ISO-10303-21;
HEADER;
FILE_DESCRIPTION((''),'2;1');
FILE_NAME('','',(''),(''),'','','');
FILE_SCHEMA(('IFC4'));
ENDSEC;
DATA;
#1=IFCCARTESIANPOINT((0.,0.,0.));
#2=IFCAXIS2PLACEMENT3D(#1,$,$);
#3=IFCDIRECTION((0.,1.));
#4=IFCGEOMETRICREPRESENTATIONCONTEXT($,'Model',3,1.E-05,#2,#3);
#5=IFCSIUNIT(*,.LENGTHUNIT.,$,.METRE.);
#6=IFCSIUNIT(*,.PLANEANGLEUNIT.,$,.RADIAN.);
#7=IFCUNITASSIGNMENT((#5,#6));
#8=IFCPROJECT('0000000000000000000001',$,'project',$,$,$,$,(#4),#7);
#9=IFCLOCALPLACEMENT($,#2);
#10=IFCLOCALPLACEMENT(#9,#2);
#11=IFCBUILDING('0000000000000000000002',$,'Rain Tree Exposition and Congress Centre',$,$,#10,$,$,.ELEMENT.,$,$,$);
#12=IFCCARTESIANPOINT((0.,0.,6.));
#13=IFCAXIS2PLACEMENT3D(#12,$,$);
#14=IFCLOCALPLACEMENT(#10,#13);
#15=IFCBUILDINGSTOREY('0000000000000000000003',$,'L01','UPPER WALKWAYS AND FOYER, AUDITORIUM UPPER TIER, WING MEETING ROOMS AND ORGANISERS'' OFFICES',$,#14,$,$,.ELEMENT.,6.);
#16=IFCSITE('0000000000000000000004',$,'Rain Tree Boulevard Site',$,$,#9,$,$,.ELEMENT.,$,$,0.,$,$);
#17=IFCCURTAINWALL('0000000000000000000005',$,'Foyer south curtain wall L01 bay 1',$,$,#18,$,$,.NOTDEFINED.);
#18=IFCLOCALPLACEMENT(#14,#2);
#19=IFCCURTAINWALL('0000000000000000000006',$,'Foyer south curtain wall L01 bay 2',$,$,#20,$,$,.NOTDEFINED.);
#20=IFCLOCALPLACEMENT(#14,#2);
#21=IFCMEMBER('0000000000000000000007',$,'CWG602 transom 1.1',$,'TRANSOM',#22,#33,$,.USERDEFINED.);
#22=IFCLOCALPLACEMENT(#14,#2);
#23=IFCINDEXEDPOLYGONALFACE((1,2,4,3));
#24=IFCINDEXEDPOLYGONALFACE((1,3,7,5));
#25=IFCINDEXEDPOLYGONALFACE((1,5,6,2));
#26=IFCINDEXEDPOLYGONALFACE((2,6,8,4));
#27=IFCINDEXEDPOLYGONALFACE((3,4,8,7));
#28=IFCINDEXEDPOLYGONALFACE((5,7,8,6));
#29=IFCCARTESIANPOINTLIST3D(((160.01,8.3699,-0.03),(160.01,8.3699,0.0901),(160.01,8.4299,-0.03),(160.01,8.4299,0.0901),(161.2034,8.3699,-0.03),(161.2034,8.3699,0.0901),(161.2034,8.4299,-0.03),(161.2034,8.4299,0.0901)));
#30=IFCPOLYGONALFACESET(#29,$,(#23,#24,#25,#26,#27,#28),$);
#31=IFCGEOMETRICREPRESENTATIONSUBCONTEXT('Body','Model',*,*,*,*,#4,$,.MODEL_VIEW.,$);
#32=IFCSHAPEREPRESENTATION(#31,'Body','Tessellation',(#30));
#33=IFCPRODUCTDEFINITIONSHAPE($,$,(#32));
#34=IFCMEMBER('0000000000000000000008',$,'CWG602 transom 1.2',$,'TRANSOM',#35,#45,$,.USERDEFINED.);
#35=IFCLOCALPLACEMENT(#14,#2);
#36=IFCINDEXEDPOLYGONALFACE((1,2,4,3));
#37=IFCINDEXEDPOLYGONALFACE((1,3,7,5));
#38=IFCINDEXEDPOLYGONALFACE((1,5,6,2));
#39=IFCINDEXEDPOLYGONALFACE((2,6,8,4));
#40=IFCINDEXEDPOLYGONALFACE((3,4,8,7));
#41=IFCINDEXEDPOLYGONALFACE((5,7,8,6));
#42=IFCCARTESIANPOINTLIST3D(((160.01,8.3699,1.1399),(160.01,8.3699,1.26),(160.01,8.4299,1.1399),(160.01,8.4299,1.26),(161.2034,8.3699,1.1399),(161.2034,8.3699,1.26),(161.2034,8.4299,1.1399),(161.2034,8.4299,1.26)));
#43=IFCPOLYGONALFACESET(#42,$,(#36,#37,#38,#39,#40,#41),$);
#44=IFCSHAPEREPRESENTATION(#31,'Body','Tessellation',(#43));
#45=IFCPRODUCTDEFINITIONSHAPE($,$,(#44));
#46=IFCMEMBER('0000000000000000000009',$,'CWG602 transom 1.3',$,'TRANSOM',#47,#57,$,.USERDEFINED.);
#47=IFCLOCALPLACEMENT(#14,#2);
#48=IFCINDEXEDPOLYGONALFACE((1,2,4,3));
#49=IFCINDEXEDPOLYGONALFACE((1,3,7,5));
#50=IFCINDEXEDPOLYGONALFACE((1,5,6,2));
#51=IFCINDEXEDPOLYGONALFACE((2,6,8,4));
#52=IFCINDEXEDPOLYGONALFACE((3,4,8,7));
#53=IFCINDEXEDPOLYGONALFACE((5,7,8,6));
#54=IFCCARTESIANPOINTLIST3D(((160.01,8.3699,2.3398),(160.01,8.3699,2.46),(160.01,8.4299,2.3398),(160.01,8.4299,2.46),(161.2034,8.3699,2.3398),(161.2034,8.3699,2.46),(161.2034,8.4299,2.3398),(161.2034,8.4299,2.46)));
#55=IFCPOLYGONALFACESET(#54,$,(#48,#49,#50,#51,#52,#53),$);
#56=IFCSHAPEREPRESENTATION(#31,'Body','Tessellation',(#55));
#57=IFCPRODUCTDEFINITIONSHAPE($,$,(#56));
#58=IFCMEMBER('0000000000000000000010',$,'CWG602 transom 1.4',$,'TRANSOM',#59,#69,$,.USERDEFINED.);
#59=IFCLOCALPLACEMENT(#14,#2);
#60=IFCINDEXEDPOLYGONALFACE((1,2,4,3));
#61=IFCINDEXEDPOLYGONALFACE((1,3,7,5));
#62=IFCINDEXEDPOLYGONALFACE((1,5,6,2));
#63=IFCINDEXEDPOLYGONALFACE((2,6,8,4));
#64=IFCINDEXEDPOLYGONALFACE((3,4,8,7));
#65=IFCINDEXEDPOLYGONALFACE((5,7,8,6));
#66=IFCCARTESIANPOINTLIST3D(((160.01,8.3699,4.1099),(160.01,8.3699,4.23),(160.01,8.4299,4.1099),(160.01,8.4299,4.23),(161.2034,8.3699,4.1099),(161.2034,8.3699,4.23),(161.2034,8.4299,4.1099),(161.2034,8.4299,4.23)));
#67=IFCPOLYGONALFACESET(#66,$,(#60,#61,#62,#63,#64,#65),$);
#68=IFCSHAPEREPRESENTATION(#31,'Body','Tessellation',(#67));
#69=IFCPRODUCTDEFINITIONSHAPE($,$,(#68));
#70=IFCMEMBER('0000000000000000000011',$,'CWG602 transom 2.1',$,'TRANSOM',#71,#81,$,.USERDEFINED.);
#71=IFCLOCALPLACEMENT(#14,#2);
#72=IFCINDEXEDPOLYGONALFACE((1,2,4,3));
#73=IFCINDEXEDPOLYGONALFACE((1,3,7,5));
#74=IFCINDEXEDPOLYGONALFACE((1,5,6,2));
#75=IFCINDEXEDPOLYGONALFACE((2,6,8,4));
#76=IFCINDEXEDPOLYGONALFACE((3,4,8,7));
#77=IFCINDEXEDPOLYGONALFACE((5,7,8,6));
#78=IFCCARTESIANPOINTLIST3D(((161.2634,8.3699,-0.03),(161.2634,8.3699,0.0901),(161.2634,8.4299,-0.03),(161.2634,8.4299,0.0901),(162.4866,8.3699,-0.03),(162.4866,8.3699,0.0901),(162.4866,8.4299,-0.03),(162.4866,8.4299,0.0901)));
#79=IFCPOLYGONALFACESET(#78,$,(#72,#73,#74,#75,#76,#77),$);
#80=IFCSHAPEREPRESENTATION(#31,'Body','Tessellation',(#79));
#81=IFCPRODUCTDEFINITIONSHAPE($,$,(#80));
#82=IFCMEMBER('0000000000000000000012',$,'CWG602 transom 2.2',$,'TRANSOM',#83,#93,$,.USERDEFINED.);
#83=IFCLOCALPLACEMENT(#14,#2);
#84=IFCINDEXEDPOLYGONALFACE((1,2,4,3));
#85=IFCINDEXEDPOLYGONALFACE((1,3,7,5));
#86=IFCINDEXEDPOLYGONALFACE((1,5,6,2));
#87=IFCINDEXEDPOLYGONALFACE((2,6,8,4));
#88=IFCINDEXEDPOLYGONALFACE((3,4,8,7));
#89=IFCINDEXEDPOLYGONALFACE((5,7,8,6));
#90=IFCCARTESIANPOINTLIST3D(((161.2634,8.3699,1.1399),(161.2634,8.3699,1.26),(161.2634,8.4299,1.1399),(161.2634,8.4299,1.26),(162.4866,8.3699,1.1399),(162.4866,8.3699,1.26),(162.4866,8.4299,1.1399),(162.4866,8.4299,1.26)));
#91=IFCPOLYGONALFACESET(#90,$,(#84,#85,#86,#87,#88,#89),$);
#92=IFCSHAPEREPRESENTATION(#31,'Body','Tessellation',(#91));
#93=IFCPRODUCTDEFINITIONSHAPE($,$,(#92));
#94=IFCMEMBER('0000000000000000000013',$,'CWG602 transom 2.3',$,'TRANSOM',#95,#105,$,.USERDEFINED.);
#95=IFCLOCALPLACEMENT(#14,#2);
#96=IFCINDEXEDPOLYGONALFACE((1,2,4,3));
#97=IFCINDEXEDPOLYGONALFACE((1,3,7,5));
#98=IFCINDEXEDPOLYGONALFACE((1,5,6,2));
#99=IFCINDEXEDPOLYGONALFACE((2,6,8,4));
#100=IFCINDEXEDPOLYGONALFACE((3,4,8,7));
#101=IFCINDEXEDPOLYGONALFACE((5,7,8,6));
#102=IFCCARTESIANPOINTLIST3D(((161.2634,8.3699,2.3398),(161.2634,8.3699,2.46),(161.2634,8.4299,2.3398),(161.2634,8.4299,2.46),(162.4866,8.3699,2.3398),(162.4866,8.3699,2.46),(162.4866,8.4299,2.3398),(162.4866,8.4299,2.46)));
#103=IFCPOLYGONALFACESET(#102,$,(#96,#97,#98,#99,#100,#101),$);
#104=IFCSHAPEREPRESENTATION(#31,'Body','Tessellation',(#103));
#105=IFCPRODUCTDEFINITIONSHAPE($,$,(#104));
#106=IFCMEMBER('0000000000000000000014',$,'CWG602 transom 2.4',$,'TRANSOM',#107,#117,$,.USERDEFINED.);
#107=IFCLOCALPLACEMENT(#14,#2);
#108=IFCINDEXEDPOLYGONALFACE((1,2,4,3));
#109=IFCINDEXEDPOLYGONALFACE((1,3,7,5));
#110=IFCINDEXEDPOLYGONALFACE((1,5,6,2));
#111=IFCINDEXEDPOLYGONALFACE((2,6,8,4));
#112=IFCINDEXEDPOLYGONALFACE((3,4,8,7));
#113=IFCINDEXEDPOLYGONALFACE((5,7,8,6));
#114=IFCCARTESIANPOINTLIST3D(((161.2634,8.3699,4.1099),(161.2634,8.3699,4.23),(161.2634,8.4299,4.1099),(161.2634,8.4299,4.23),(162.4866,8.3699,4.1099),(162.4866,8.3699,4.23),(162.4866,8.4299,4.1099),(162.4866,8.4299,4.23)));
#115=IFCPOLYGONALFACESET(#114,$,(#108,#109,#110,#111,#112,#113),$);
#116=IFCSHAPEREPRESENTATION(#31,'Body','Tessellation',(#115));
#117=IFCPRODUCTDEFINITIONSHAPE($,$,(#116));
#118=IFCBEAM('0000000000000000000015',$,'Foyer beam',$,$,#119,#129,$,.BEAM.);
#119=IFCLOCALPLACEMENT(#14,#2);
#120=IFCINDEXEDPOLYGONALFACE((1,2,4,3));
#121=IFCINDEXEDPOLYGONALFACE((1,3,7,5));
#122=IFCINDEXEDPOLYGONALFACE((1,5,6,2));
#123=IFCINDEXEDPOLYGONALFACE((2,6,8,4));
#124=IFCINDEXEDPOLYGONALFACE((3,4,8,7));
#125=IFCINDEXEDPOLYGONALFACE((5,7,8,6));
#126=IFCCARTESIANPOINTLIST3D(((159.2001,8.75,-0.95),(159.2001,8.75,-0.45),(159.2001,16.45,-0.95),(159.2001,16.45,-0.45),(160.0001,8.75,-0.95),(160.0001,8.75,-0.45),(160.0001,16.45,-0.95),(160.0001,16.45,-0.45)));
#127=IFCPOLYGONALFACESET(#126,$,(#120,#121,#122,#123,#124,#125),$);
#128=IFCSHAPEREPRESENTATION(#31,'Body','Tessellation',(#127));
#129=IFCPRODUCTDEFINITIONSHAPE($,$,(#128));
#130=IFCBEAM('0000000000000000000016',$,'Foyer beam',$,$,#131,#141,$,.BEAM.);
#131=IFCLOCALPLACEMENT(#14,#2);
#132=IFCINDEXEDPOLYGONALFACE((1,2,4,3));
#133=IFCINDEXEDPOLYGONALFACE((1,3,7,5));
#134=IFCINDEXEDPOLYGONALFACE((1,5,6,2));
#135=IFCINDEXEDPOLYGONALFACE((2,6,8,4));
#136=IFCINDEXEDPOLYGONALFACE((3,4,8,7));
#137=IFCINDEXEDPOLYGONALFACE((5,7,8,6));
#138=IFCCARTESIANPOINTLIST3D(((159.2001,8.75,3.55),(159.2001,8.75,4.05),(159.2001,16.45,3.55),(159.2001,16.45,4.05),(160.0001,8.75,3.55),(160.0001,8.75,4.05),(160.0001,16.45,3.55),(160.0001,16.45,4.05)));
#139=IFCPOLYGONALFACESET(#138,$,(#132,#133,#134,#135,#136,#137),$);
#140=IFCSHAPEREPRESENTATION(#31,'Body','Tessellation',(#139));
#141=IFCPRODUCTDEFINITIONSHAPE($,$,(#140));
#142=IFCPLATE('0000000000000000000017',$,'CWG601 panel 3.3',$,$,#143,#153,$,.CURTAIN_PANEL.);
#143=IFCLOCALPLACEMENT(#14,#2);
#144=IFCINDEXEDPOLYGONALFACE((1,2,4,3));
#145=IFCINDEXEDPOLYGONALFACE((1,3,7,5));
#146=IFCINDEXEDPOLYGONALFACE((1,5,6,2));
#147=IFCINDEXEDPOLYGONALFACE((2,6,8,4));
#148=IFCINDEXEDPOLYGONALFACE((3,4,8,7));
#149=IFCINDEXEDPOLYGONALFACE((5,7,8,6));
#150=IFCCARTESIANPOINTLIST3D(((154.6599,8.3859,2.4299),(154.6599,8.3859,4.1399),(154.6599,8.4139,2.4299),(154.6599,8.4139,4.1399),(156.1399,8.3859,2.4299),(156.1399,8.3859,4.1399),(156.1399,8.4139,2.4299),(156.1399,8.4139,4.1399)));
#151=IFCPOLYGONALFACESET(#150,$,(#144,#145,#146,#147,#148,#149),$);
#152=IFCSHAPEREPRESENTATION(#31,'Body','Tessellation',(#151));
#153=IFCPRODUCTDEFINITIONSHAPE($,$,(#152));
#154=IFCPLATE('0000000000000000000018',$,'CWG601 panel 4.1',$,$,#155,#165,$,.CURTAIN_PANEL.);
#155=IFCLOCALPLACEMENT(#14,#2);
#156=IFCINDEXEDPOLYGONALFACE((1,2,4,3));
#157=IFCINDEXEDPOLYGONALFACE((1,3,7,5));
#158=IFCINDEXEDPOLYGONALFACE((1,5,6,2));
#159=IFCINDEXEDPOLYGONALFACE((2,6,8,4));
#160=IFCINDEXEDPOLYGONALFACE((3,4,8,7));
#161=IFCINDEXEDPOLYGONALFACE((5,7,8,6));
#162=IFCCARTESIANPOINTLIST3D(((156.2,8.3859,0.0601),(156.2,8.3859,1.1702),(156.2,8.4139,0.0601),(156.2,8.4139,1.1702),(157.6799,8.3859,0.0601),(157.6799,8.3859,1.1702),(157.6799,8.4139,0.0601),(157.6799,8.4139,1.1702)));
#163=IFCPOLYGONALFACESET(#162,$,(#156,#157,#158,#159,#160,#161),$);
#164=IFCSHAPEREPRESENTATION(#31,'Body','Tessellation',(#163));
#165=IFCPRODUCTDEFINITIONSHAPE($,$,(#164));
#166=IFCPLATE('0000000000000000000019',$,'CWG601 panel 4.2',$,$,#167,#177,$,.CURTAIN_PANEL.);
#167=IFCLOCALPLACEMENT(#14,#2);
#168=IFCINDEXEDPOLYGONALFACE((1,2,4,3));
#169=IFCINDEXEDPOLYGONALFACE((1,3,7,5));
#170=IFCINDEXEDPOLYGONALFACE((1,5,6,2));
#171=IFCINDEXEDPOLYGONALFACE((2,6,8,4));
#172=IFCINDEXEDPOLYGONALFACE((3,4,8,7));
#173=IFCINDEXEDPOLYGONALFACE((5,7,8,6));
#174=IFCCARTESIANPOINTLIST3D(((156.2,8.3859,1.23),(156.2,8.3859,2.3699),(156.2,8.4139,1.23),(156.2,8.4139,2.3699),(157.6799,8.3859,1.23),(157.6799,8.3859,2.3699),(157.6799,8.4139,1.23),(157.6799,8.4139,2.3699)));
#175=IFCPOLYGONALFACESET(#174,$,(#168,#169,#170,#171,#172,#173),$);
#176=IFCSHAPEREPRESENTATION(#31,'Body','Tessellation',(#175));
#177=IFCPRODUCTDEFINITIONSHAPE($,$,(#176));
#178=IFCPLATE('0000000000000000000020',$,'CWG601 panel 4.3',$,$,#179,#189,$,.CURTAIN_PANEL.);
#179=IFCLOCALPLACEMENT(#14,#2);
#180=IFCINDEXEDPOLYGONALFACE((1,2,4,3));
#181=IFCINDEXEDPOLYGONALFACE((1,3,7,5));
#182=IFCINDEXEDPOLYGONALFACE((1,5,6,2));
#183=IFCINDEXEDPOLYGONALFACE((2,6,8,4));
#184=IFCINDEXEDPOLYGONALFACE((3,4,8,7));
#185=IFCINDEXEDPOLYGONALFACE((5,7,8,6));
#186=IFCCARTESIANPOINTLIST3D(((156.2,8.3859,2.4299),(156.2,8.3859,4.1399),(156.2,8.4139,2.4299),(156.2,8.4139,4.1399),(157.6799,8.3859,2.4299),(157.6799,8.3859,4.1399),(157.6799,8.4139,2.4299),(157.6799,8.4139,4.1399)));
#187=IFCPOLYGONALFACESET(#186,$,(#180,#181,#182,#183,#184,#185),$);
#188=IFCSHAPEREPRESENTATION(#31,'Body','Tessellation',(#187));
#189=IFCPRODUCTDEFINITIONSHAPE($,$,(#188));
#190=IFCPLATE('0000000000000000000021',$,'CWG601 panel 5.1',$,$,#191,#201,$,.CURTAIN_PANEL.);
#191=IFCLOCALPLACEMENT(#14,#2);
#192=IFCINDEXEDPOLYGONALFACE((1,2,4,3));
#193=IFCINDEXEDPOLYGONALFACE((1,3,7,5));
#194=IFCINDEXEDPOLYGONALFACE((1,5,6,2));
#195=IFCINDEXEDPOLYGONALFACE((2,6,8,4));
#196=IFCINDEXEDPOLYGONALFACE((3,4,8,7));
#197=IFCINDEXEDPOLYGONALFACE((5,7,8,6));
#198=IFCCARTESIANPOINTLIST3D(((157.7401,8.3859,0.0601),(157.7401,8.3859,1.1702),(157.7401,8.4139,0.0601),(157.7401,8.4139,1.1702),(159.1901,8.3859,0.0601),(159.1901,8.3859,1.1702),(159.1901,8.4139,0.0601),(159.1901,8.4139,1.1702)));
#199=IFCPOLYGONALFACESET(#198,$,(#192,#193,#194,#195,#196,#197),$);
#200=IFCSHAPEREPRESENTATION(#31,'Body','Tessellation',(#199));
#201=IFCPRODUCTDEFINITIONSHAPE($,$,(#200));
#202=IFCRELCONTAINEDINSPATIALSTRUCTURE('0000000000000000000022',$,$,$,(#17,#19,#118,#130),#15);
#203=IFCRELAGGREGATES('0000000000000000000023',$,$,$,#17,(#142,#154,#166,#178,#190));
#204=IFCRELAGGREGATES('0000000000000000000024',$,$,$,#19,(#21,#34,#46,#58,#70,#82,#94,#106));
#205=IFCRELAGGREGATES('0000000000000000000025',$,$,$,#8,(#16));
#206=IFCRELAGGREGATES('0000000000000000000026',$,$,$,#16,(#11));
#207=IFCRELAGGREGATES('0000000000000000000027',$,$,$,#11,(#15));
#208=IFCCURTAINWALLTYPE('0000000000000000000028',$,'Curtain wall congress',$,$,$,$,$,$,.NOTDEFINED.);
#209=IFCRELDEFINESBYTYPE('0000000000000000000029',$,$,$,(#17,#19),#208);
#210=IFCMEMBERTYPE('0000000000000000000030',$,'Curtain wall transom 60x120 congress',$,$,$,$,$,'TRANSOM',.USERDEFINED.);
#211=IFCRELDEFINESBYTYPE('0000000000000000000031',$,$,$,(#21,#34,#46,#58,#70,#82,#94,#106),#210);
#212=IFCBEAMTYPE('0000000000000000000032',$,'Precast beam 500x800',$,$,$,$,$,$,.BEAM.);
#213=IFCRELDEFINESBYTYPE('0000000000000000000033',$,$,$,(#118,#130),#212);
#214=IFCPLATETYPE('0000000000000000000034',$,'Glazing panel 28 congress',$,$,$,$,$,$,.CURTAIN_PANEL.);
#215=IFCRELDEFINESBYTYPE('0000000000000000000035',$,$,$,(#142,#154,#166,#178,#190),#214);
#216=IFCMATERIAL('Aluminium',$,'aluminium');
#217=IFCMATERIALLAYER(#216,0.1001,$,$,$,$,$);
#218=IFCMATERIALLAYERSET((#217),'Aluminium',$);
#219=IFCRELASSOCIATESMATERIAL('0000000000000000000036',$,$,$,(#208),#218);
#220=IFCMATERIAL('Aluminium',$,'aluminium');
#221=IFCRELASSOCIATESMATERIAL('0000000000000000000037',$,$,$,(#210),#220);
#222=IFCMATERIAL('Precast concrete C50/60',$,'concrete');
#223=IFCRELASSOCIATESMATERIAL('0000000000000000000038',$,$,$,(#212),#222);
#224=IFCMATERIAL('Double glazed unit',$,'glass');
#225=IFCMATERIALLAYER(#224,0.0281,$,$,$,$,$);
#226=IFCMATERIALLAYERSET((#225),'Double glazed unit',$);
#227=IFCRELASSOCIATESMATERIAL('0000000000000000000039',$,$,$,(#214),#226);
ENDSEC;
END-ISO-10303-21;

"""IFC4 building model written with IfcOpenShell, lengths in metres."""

from ifc_helpers import new_model, si_unit, direction, frame, origin, origin_2d, place, context, subcontext, project, spatial, rectangle, extrude, material, layer, layer_set, material_profile, profile_set, type_object, element, aggregate, save


model = new_model("IFC4")

# Units and contexts
model_context = context("Model", 3, precision=1e-05, world=origin(), true_north=direction((0.0, 1.0)))
body_context = subcontext(model_context, "Body", "Model", "MODEL_VIEW")
ifc_project = project(units=[si_unit("LENGTHUNIT", "METRE"), si_unit("PLANEANGLEUNIT", "RADIAN")], contexts=[model_context])

# Site, building, storey
site_placement = place(None, origin())
site = spatial("IfcSite", under=ifc_project, at=site_placement, Name="Rain Tree Boulevard Site", CompositionType="ELEMENT", RefElevation=0.0)
building_placement = place(site_placement, origin())
building = spatial("IfcBuilding", under=site, at=building_placement, Name="Rain Tree Exposition and Congress Centre", CompositionType="ELEMENT")
storey_placement = place(building_placement, frame((0.0, 0.0, 6.0)))
storey = spatial("IfcBuildingStorey", under=building, at=storey_placement, Name="L01", Description="UPPER WALKWAYS AND FOYER, AUDITORIUM UPPER TIER, WING MEETING ROOMS AND ORGANISERS' OFFICES", CompositionType="ELEMENT", Elevation=6.0)

# Curtain walls
ifc_material_1 = material(Name="Aluminium", Category="aluminium")
ifc_layer_1 = layer(ifc_material_1, 0.1001)
ifc_layer_set_1 = layer_set([ifc_layer_1], Name="Aluminium")
curtain_wall_type = type_object("IfcCurtainWallType", Name="Curtain wall congress", PredefinedType="NOTDEFINED", material=ifc_layer_set_1)
curtain_wall_1_placement = place(storey_placement, origin())
curtain_wall_1 = element("IfcCurtainWall", 1, at=curtain_wall_1_placement, inside=storey, type_object=curtain_wall_type, Name="Foyer south curtain wall L01 bay 1", PredefinedType="NOTDEFINED")
curtain_wall_2_placement = place(storey_placement, origin())
curtain_wall_2 = element("IfcCurtainWall", 2, at=curtain_wall_2_placement, inside=storey, type_object=curtain_wall_type, Name="Foyer south curtain wall L01 bay 2", PredefinedType="NOTDEFINED")

# Members
ifc_material_2 = material(Name="Aluminium", Category="aluminium")
ifc_material_profile_1 = material_profile(ifc_material_2, rectangle(XDim=0.0601, YDim=0.1201, at=origin_2d()), Name="AL 60x120")
ifc_profile_set_1 = profile_set([ifc_material_profile_1], Name="Aluminium")
member_type_1 = type_object("IfcMemberType", Name="Curtain wall transom 60x120 congress", ElementType="TRANSOM", PredefinedType="USERDEFINED", material=ifc_profile_set_1)
member_1_placement = place(storey_placement, frame((160.01, 8.3999, 0.03), z_axis=(1.0, 0.0, 0.0), x_axis=(0.0, 1.0, 0.0)))
member_1 = element("IfcMember", 3, at=member_1_placement, type_object=member_type_1, Name="CWG602 transom 1.1", ObjectType="TRANSOM", PredefinedType="USERDEFINED", context=body_context, shape_type="SweptSolid", body=[
    extrude(rectangle(XDim=0.0601, YDim=0.1201, at=origin_2d()), origin(), (0.0, 0.0, 1.0), 1.1934),
])
member_2_placement = place(storey_placement, frame((160.01, 8.3999, 1.2), z_axis=(1.0, 0.0, 0.0), x_axis=(0.0, 1.0, 0.0)))
member_2 = element("IfcMember", 4, at=member_2_placement, type_object=member_type_1, Name="CWG602 transom 1.2", ObjectType="TRANSOM", PredefinedType="USERDEFINED", context=body_context, shape_type="SweptSolid", body=[
    extrude(rectangle(XDim=0.0601, YDim=0.1201, at=origin_2d()), origin(), (0.0, 0.0, 1.0), 1.1934),
])
member_3_placement = place(storey_placement, frame((160.01, 8.3999, 2.3999), z_axis=(1.0, 0.0, 0.0), x_axis=(0.0, 1.0, 0.0)))
member_3 = element("IfcMember", 5, at=member_3_placement, type_object=member_type_1, Name="CWG602 transom 1.3", ObjectType="TRANSOM", PredefinedType="USERDEFINED", context=body_context, shape_type="SweptSolid", body=[
    extrude(rectangle(XDim=0.0601, YDim=0.1201, at=origin_2d()), origin(), (0.0, 0.0, 1.0), 1.1934),
])
member_4_placement = place(storey_placement, frame((160.01, 8.3999, 4.1699), z_axis=(1.0, 0.0, 0.0), x_axis=(0.0, 1.0, 0.0)))
member_4 = element("IfcMember", 6, at=member_4_placement, type_object=member_type_1, Name="CWG602 transom 1.4", ObjectType="TRANSOM", PredefinedType="USERDEFINED", context=body_context, shape_type="SweptSolid", body=[
    extrude(rectangle(XDim=0.0601, YDim=0.1201, at=origin_2d()), origin(), (0.0, 0.0, 1.0), 1.1934),
])
member_5_placement = place(storey_placement, frame((161.2634, 8.3999, 0.03), z_axis=(1.0, 0.0, 0.0), x_axis=(0.0, 1.0, 0.0)))
member_5 = element("IfcMember", 7, at=member_5_placement, type_object=member_type_1, Name="CWG602 transom 2.1", ObjectType="TRANSOM", PredefinedType="USERDEFINED", context=body_context, shape_type="SweptSolid", body=[
    extrude(rectangle(XDim=0.0601, YDim=0.1201, at=origin_2d()), origin(), (0.0, 0.0, 1.0), 1.2231),
])
member_6_placement = place(storey_placement, frame((161.2634, 8.3999, 1.2), z_axis=(1.0, 0.0, 0.0), x_axis=(0.0, 1.0, 0.0)))
member_6 = element("IfcMember", 8, at=member_6_placement, type_object=member_type_1, Name="CWG602 transom 2.2", ObjectType="TRANSOM", PredefinedType="USERDEFINED", context=body_context, shape_type="SweptSolid", body=[
    extrude(rectangle(XDim=0.0601, YDim=0.1201, at=origin_2d()), origin(), (0.0, 0.0, 1.0), 1.2231),
])
member_7_placement = place(storey_placement, frame((161.2634, 8.3999, 2.3999), z_axis=(1.0, 0.0, 0.0), x_axis=(0.0, 1.0, 0.0)))
member_7 = element("IfcMember", 9, at=member_7_placement, type_object=member_type_1, Name="CWG602 transom 2.3", ObjectType="TRANSOM", PredefinedType="USERDEFINED", context=body_context, shape_type="SweptSolid", body=[
    extrude(rectangle(XDim=0.0601, YDim=0.1201, at=origin_2d()), origin(), (0.0, 0.0, 1.0), 1.2231),
])
member_8_placement = place(storey_placement, frame((161.2634, 8.3999, 4.1699), z_axis=(1.0, 0.0, 0.0), x_axis=(0.0, 1.0, 0.0)))
member_8 = element("IfcMember", 10, at=member_8_placement, type_object=member_type_1, Name="CWG602 transom 2.4", ObjectType="TRANSOM", PredefinedType="USERDEFINED", context=body_context, shape_type="SweptSolid", body=[
    extrude(rectangle(XDim=0.0601, YDim=0.1201, at=origin_2d()), origin(), (0.0, 0.0, 1.0), 1.2231),
])

# Beams
ifc_material_3 = material(Name="Precast concrete C50/60", Category="concrete")
ifc_material_profile_2 = material_profile(ifc_material_3, rectangle(XDim=0.5, YDim=0.8, at=origin_2d()), Name="RC 500x800")
ifc_profile_set_2 = profile_set([ifc_material_profile_2], Name="Precast concrete C50/60")
beam_type = type_object("IfcBeamType", Name="Precast beam 500x800", PredefinedType="BEAM", material=ifc_profile_set_2)
for number, where, z_axis, x_axis, name in (
    (11, (159.6001, 8.75, -0.7), (0.0, 1.0, 0.0), (0.0, 0.0, 1.0), "Foyer beam"),
    (12, (159.6001, 8.75, 3.8), (0.0, 1.0, 0.0), (0.0, 0.0, 1.0), "Foyer beam"),
):
    element("IfcBeam", number, at=place(storey_placement, frame(where, z_axis=z_axis, x_axis=x_axis)), inside=storey, type_object=beam_type, Name=name, PredefinedType="BEAM", context=body_context, shape_type="SweptSolid", body=[
        extrude(rectangle(XDim=0.5, YDim=0.8, at=origin_2d()), origin(), (0.0, 0.0, 1.0), 7.7),
    ])

# Plates
ifc_material_4 = material(Name="Double glazed unit", Category="glass")
ifc_layer_2 = layer(ifc_material_4, 0.0281)
ifc_layer_set_2 = layer_set([ifc_layer_2], Name="Double glazed unit")
plate_type = type_object("IfcPlateType", Name="Glazing panel 28 congress", PredefinedType="CURTAIN_PANEL", material=ifc_layer_set_2)
plate_1_placement = place(storey_placement, frame((155.3999, 8.3999, 2.4299), z_axis=(0.0, 0.0, 1.0), x_axis=(1.0, 0.0, 0.0)))
plate_1 = element("IfcPlate", 13, at=plate_1_placement, type_object=plate_type, Name="CWG601 panel 3.3", PredefinedType="CURTAIN_PANEL", context=body_context, shape_type="SweptSolid", body=[
    extrude(rectangle(XDim=1.48, YDim=0.0281, at=origin_2d()), origin(), (0.0, 0.0, 1.0), 1.71),
])
plate_2_placement = place(storey_placement, frame((156.9399, 8.3999, 0.0601), z_axis=(0.0, 0.0, 1.0), x_axis=(1.0, 0.0, 0.0)))
plate_2 = element("IfcPlate", 14, at=plate_2_placement, type_object=plate_type, Name="CWG601 panel 4.1", PredefinedType="CURTAIN_PANEL", context=body_context, shape_type="SweptSolid", body=[
    extrude(rectangle(XDim=1.48, YDim=0.0281, at=origin_2d()), origin(), (0.0, 0.0, 1.0), 1.1101),
])
plate_3_placement = place(storey_placement, frame((156.9399, 8.3999, 1.23), z_axis=(0.0, 0.0, 1.0), x_axis=(1.0, 0.0, 0.0)))
plate_3 = element("IfcPlate", 15, at=plate_3_placement, type_object=plate_type, Name="CWG601 panel 4.2", PredefinedType="CURTAIN_PANEL", context=body_context, shape_type="SweptSolid", body=[
    extrude(rectangle(XDim=1.48, YDim=0.0281, at=origin_2d()), origin(), (0.0, 0.0, 1.0), 1.1399),
])
plate_4_placement = place(storey_placement, frame((156.9399, 8.3999, 2.4299), z_axis=(0.0, 0.0, 1.0), x_axis=(1.0, 0.0, 0.0)))
plate_4 = element("IfcPlate", 16, at=plate_4_placement, type_object=plate_type, Name="CWG601 panel 4.3", PredefinedType="CURTAIN_PANEL", context=body_context, shape_type="SweptSolid", body=[
    extrude(rectangle(XDim=1.48, YDim=0.0281, at=origin_2d()), origin(), (0.0, 0.0, 1.0), 1.71),
])
plate_5_placement = place(storey_placement, frame((158.4651, 8.3999, 0.0601), z_axis=(0.0, 0.0, 1.0), x_axis=(1.0, 0.0, 0.0)))
plate_5 = element("IfcPlate", 17, at=plate_5_placement, type_object=plate_type, Name="CWG601 panel 5.1", PredefinedType="CURTAIN_PANEL", context=body_context, shape_type="SweptSolid", body=[
    extrude(rectangle(XDim=1.45, YDim=0.0281, at=origin_2d()), origin(), (0.0, 0.0, 1.0), 1.1101),
])
aggregate(curtain_wall_1, [plate_1, plate_2, plate_3, plate_4, plate_5])
aggregate(curtain_wall_2, [member_1, member_2, member_3, member_4, member_5, member_6, member_7, member_8])

save(model, "model.ifc")
